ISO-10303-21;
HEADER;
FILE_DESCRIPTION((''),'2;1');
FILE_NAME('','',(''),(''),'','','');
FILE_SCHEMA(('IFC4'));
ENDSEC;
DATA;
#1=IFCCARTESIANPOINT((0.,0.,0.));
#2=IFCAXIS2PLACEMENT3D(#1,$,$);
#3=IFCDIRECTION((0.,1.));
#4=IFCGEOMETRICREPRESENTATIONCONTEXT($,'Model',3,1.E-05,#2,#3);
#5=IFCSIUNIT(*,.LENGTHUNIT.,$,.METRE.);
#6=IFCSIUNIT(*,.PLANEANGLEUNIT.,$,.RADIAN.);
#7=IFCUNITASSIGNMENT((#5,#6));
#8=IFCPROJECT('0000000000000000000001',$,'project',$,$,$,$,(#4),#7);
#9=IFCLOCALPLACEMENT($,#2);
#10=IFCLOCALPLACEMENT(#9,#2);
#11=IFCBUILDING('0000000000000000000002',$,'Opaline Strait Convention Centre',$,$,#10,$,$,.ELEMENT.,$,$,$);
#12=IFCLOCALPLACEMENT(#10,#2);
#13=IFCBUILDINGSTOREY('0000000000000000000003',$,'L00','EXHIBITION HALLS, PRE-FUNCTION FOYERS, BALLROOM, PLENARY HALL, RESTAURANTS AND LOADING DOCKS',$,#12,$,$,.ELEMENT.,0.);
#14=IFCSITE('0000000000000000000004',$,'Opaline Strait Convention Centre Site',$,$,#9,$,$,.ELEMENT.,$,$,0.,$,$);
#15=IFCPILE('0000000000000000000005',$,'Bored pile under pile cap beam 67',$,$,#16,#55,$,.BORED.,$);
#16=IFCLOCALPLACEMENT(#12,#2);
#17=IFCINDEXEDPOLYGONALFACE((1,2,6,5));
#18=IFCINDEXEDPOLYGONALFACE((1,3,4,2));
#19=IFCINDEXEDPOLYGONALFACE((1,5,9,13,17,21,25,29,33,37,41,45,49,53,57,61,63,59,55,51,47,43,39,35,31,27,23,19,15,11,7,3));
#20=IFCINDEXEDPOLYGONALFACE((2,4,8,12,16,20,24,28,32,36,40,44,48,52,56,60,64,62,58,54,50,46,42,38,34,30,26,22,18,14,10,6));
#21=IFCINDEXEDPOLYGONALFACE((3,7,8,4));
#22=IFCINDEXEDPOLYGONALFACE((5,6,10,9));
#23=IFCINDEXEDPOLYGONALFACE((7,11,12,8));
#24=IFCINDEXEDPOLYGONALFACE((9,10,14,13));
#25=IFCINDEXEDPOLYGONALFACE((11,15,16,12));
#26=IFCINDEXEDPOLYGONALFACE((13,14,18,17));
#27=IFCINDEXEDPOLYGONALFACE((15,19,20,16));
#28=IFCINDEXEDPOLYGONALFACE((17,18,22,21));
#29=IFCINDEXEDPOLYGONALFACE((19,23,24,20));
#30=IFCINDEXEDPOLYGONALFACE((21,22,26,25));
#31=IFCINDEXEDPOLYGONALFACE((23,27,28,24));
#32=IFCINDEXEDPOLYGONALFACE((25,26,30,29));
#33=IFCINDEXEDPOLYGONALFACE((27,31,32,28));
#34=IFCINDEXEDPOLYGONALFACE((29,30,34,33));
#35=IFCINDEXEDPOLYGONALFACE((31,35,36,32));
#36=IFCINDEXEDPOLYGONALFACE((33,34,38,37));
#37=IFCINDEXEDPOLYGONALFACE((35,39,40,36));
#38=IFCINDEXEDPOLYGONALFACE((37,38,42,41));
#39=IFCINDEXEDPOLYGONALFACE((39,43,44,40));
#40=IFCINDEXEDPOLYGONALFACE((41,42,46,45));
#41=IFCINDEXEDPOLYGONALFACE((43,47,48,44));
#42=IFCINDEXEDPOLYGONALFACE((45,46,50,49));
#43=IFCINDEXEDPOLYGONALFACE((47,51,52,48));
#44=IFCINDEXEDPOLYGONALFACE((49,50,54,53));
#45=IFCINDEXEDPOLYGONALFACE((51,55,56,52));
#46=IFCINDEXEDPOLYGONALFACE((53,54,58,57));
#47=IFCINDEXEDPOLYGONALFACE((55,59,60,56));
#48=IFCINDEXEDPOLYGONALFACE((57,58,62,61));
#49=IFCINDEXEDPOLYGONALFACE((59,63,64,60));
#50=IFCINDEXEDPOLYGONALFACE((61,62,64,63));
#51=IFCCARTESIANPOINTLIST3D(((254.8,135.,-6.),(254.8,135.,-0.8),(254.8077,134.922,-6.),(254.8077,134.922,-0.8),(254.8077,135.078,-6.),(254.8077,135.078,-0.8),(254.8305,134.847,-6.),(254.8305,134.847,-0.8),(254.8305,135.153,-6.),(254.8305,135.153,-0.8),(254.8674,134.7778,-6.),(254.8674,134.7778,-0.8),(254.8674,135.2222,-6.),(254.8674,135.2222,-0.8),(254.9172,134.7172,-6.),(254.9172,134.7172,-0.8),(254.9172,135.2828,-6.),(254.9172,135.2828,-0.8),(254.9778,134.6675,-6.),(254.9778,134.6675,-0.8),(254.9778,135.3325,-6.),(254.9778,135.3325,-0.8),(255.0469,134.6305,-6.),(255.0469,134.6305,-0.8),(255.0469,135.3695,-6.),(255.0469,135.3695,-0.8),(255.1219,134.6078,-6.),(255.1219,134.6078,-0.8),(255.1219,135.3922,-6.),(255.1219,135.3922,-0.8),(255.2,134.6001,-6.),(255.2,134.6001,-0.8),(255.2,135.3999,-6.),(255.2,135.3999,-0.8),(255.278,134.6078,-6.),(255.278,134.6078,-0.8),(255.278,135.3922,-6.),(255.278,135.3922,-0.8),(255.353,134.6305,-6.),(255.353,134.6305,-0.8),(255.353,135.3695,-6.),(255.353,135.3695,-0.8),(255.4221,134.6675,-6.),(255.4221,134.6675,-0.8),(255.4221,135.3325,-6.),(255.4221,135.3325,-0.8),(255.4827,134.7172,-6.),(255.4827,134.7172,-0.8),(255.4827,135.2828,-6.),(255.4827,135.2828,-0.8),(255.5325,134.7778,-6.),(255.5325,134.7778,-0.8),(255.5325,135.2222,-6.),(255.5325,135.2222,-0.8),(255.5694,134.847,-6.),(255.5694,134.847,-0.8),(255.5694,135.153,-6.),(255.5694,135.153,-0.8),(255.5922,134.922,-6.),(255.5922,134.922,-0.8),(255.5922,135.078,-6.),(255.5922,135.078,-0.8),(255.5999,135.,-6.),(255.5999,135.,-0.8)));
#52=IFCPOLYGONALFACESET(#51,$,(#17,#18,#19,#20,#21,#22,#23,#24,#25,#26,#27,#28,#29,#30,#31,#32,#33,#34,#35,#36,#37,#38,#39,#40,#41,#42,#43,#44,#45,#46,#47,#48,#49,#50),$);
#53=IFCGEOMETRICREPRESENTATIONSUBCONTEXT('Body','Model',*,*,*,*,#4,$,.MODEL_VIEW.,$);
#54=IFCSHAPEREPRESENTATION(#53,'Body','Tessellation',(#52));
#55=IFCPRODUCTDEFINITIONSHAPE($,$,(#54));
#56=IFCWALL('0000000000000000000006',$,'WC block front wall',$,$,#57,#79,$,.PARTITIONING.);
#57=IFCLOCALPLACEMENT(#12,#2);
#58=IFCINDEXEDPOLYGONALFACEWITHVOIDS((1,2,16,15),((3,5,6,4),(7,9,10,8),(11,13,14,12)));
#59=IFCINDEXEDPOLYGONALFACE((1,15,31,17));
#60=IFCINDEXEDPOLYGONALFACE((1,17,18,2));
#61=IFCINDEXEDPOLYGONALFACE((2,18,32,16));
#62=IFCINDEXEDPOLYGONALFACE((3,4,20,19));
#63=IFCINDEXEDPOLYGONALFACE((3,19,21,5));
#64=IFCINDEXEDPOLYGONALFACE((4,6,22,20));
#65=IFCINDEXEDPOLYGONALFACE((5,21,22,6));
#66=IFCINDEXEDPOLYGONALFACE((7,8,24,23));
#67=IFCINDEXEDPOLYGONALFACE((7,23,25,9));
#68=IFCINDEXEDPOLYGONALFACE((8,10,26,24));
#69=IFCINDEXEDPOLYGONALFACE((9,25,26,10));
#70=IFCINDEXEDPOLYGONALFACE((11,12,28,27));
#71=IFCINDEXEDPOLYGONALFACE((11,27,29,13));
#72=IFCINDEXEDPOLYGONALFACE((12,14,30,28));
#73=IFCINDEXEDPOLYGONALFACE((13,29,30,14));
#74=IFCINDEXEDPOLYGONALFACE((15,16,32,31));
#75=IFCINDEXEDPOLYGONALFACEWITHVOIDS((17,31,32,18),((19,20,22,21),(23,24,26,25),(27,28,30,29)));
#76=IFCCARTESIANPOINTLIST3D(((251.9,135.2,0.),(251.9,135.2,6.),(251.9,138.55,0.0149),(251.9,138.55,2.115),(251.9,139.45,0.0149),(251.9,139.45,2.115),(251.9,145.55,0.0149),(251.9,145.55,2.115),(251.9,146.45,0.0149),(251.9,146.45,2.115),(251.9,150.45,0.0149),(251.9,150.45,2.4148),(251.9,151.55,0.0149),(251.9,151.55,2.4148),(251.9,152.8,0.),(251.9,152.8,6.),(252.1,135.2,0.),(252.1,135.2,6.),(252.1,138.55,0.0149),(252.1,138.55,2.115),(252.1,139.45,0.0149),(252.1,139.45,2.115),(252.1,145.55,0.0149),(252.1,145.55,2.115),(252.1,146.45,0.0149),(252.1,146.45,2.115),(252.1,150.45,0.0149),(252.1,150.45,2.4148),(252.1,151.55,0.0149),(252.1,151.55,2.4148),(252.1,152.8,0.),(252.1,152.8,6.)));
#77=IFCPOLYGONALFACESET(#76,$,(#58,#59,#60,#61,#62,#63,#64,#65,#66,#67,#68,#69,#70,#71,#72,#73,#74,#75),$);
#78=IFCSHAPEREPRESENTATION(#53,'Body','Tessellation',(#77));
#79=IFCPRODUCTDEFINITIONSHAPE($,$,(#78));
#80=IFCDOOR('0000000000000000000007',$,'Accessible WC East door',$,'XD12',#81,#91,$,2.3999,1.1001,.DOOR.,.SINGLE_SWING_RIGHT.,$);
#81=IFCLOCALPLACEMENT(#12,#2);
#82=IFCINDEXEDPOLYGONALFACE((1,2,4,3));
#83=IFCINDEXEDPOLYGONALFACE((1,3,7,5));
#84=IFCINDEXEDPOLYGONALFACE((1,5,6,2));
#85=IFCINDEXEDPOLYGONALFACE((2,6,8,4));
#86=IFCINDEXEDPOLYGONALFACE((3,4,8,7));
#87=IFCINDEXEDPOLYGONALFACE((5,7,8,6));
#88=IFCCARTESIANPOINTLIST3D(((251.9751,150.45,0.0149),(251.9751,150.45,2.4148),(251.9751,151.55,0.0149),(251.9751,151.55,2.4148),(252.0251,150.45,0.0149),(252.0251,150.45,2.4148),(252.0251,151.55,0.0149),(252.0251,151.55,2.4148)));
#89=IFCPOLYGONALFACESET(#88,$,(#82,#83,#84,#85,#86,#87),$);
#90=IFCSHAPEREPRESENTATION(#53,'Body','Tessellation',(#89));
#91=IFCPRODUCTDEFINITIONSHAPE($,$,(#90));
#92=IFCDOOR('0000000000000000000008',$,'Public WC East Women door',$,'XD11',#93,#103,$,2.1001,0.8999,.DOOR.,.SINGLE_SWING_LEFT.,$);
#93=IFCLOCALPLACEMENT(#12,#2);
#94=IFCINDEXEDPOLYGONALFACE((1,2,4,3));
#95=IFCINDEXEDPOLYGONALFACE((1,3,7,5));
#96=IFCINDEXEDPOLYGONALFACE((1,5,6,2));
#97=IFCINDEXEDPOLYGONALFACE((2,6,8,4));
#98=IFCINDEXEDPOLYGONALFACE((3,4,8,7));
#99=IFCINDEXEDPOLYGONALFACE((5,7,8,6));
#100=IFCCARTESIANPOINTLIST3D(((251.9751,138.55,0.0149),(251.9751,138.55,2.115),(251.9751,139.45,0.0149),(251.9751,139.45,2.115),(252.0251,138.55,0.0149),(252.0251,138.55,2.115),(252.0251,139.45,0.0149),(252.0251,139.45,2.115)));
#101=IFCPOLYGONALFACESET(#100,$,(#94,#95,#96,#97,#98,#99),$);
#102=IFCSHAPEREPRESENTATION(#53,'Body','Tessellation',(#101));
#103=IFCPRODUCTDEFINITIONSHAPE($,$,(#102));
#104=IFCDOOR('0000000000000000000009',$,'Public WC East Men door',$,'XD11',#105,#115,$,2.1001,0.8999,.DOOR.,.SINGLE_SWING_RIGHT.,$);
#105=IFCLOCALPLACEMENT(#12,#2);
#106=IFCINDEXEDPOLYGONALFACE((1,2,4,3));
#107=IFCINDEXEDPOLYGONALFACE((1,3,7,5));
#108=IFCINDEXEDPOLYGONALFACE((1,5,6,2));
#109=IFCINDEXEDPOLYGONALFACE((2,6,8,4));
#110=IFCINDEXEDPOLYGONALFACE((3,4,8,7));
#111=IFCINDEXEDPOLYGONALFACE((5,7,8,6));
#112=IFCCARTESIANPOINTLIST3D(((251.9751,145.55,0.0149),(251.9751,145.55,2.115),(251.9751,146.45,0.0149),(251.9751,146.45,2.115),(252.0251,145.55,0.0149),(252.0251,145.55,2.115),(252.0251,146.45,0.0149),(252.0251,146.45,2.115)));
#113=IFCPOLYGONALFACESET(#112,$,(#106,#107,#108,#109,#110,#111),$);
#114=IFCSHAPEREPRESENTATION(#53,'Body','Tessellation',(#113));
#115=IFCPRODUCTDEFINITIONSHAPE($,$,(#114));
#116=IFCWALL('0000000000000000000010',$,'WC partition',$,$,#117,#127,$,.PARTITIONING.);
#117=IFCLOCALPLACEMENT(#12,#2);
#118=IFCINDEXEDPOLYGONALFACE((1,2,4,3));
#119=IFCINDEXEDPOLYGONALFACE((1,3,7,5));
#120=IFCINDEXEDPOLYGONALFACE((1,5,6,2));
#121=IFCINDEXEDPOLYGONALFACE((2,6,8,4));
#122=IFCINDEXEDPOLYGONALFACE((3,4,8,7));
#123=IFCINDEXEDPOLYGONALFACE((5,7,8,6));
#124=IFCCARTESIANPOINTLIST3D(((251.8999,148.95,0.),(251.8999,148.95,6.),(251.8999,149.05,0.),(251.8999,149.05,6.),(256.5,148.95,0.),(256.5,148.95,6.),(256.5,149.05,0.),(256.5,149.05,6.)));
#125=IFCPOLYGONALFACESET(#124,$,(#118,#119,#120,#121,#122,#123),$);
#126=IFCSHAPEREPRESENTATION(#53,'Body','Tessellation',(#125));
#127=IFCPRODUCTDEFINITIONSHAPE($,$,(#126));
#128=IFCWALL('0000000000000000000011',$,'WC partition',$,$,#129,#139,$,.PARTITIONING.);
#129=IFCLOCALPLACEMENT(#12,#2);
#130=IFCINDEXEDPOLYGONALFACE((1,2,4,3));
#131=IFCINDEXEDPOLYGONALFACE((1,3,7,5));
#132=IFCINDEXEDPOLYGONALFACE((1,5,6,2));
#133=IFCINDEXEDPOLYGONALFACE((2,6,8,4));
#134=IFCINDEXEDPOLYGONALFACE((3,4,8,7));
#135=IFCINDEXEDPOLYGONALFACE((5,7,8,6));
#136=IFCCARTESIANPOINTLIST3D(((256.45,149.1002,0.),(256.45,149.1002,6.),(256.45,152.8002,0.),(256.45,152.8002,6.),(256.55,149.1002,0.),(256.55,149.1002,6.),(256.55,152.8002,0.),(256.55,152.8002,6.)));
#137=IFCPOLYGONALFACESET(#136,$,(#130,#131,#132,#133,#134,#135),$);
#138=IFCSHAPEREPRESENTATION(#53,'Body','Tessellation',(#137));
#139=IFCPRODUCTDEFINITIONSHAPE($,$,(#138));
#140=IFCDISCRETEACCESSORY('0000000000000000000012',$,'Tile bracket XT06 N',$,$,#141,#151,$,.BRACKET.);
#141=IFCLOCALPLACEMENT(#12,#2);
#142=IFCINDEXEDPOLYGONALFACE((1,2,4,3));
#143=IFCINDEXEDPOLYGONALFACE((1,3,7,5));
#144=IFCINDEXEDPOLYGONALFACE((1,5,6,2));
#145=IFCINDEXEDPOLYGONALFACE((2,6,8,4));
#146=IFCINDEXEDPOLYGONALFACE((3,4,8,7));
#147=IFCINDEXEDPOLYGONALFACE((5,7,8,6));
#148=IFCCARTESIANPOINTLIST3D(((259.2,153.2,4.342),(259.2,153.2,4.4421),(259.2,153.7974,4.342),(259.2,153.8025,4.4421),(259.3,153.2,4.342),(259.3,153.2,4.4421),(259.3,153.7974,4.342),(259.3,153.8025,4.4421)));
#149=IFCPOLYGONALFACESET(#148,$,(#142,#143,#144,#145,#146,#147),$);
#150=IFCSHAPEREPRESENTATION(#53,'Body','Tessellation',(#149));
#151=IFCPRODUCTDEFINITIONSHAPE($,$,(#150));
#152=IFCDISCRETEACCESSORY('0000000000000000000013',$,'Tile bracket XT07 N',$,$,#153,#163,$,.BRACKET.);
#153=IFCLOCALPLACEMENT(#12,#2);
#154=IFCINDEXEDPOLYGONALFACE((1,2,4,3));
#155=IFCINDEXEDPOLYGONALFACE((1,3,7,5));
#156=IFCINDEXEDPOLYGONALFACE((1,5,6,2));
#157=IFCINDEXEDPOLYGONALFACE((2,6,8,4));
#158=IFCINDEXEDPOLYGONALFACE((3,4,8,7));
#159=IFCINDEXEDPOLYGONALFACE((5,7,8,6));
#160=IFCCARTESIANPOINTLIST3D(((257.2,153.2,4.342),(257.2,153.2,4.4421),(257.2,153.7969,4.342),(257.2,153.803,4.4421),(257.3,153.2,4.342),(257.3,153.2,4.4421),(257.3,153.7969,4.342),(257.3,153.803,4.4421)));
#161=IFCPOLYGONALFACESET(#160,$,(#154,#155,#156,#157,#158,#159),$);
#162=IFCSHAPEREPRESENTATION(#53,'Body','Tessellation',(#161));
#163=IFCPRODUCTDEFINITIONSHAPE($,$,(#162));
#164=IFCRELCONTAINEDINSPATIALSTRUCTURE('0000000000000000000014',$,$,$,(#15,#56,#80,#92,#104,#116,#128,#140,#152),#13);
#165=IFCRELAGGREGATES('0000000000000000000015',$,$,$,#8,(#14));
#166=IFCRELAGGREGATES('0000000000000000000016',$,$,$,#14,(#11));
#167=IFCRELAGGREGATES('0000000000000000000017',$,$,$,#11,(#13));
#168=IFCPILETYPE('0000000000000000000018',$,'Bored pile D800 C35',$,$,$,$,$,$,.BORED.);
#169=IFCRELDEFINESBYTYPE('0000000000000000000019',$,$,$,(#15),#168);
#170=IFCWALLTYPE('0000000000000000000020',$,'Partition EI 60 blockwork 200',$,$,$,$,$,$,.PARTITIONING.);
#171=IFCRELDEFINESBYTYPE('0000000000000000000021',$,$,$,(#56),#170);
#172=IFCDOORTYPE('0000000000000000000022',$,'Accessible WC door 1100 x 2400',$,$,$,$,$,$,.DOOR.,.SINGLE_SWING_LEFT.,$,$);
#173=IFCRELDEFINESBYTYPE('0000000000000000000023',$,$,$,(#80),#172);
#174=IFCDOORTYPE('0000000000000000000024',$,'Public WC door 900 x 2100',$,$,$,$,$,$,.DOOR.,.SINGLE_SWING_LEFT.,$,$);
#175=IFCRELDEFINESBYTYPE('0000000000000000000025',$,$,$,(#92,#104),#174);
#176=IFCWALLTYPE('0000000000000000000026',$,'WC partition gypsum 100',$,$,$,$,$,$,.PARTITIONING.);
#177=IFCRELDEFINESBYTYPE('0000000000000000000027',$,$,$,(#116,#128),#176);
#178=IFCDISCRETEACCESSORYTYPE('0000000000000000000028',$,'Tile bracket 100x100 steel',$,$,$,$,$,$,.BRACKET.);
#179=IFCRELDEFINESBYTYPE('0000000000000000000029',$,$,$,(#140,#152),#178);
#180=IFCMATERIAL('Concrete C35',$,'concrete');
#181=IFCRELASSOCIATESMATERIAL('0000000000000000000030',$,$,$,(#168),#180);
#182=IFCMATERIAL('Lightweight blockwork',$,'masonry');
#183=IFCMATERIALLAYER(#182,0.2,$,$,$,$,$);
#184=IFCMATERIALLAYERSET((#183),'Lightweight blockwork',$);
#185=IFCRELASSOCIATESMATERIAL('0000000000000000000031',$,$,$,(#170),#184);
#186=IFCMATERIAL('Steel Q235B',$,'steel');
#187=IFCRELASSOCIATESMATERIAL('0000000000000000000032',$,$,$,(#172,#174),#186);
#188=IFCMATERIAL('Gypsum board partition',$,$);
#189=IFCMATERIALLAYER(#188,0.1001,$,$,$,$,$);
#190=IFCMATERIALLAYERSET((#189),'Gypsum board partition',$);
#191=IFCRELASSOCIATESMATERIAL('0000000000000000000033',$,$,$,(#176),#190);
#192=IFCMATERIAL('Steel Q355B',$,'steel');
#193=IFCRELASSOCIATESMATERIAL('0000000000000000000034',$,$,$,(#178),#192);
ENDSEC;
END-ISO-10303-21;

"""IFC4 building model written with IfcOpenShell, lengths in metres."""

from ifc_helpers import new_model, si_unit, direction, frame, frame_2d, origin, origin_2d, place, context, subcontext, project, spatial, polyline, rectangle, circle, outline, extrude, material, layer, layer_set, material_profile, profile_set, type_object, element, fill, save


model = new_model("IFC4")

# Units and contexts
model_context = context("Model", 3, precision=1e-05, world=origin(), true_north=direction((0.0, 1.0)))
body_context = subcontext(model_context, "Body", "Model", "MODEL_VIEW")
ifc_project = project(units=[si_unit("LENGTHUNIT", "METRE"), si_unit("PLANEANGLEUNIT", "RADIAN")], contexts=[model_context])

# Site, building, storey
site_placement = place(None, origin())
site = spatial("IfcSite", under=ifc_project, at=site_placement, Name="Opaline Strait Convention Centre Site", CompositionType="ELEMENT", RefElevation=0.0)
building_placement = place(site_placement, origin())
building = spatial("IfcBuilding", under=site, at=building_placement, Name="Opaline Strait Convention Centre", CompositionType="ELEMENT")
storey_placement = place(building_placement, origin())
storey = spatial("IfcBuildingStorey", under=building, at=storey_placement, Name="L00", Description="EXHIBITION HALLS, PRE-FUNCTION FOYERS, BALLROOM, PLENARY HALL, RESTAURANTS AND LOADING DOCKS", CompositionType="ELEMENT", Elevation=0.0)

# Pile
ifc_material_1 = material(Name="Concrete C35", Category="concrete")
ifc_material_profile_1 = material_profile(ifc_material_1, circle(Radius=0.3999, at=origin_2d()), Name="D800")
ifc_profile_set_1 = profile_set([ifc_material_profile_1], Name="Concrete C35")
pile_type_1 = type_object("IfcPileType", Name="Bored pile D800 C35", PredefinedType="BORED", material=ifc_profile_set_1)
for number, where, z_axis, x_axis, name in (
    (1, (255.2, 135.0, -0.8), (0.0, 0.0, -1.0), (1.0, 0.0, 0.0), "Bored pile under pile cap beam 67"),
):
    element("IfcPile", number, at=place(storey_placement, frame(where, z_axis=z_axis, x_axis=x_axis)), inside=storey, type_object=pile_type_1, Name=name, PredefinedType="BORED", context=body_context, shape_type="SweptSolid", body=[
        extrude(circle(Radius=0.3999, at=origin_2d()), origin(), (0.0, 0.0, 1.0), 5.2),
    ])

# Wall, openings, doors
ifc_material_2 = material(Name="Lightweight blockwork", Category="masonry")
ifc_layer_1 = layer(ifc_material_2, 0.2)
ifc_layer_set_1 = layer_set([ifc_layer_1], Name="Lightweight blockwork")
wall_type_1 = type_object("IfcWallType", Name="Partition EI 60 blockwork 200", PredefinedType="PARTITIONING", material=ifc_layer_set_1)
wall_1_placement = place(storey_placement, frame((252.0, 135.2, 0.0), z_axis=(0.0, 0.0, 1.0), x_axis=(0.0, 1.0, 0.0)))
wall_1 = element("IfcWall", 2, at=wall_1_placement, inside=storey, type_object=wall_type_1, Name="WC block front wall", PredefinedType="PARTITIONING", context=body_context, shape_type="SweptSolid", body=[
    extrude(rectangle(XDim=17.6001, YDim=0.2, at=frame_2d((8.8, 0.0))), origin(), (0.0, 0.0, 1.0), 6.0),
])
opening_1_placement = place(wall_1_placement, frame((3.3501, 0.0, 0.0149)))
opening_1 = element("IfcOpeningElement", 3, at=opening_1_placement, cuts=wall_1, PredefinedType="OPENING", context=body_context, shape_type="SweptSolid", body=[
    extrude(rectangle(XDim=0.8999, YDim=2.1001, at=frame_2d((0.45, 1.05))), frame((0.0, 0.1099, 0.0), z_axis=(0.0, -1.0, 0.0), x_axis=(1.0, 0.0, 0.0)), (0.0, 0.0, 1.0), 0.22),
])
opening_2_placement = place(wall_1_placement, frame((10.3501, 0.0, 0.0149)))
opening_2 = element("IfcOpeningElement", 4, at=opening_2_placement, cuts=wall_1, PredefinedType="OPENING", context=body_context, shape_type="SweptSolid", body=[
    extrude(rectangle(XDim=0.8999, YDim=2.1001, at=frame_2d((0.45, 1.05))), frame((0.0, 0.1099, 0.0), z_axis=(0.0, -1.0, 0.0), x_axis=(1.0, 0.0, 0.0)), (0.0, 0.0, 1.0), 0.22),
])
opening_3_placement = place(wall_1_placement, frame((15.25, 0.0, 0.0149)))
opening_3 = element("IfcOpeningElement", 5, at=opening_3_placement, cuts=wall_1, PredefinedType="OPENING", context=body_context, shape_type="SweptSolid", body=[
    extrude(rectangle(XDim=1.1001, YDim=2.3999, at=frame_2d((0.55, 1.2))), frame((0.0, 0.1099, 0.0), z_axis=(0.0, -1.0, 0.0), x_axis=(1.0, 0.0, 0.0)), (0.0, 0.0, 1.0), 0.22),
])
ifc_material_3 = material(Name="Steel Q235B", Category="steel")
door_type_1 = type_object("IfcDoorType", Name="Accessible WC door 1100 x 2400", OperationType="SINGLE_SWING_LEFT", PredefinedType="DOOR", material=ifc_material_3)
door_1_placement = place(opening_3_placement, origin())
door_1 = element("IfcDoor", 6, at=door_1_placement, inside=storey, type_object=door_type_1, Name="Accessible WC East door", ObjectType="XD12", OperationType="SINGLE_SWING_RIGHT", OverallHeight=2.3999, OverallWidth=1.1001, PredefinedType="DOOR", context=body_context, shape_type="SweptSolid", body=[
    extrude(rectangle(XDim=1.1001, YDim=2.3999, at=frame_2d((0.55, 1.2))), frame((0.0, 0.0249, 0.0), z_axis=(0.0, -1.0, 0.0), x_axis=(1.0, 0.0, 0.0)), (0.0, 0.0, 1.0), 0.05),
])
fill(opening_3, door_1)
door_type_2 = type_object("IfcDoorType", Name="Public WC door 900 x 2100", OperationType="SINGLE_SWING_LEFT", PredefinedType="DOOR", material=ifc_material_3)
door_2_placement = place(opening_1_placement, origin())
door_2 = element("IfcDoor", 7, at=door_2_placement, inside=storey, type_object=door_type_2, Name="Public WC East Women door", ObjectType="XD11", OperationType="SINGLE_SWING_LEFT", OverallHeight=2.1001, OverallWidth=0.8999, PredefinedType="DOOR", context=body_context, shape_type="SweptSolid", body=[
    extrude(rectangle(XDim=0.8999, YDim=2.1001, at=frame_2d((0.45, 1.05))), frame((0.0, 0.0249, 0.0), z_axis=(0.0, -1.0, 0.0), x_axis=(1.0, 0.0, 0.0)), (0.0, 0.0, 1.0), 0.05),
])
fill(opening_1, door_2)
door_3_placement = place(opening_2_placement, origin())
door_3 = element("IfcDoor", 8, at=door_3_placement, inside=storey, type_object=door_type_2, Name="Public WC East Men door", ObjectType="XD11", OperationType="SINGLE_SWING_RIGHT", OverallHeight=2.1001, OverallWidth=0.8999, PredefinedType="DOOR", context=body_context, shape_type="SweptSolid", body=[
    extrude(rectangle(XDim=0.8999, YDim=2.1001, at=frame_2d((0.45, 1.05))), frame((0.0, 0.0249, 0.0), z_axis=(0.0, -1.0, 0.0), x_axis=(1.0, 0.0, 0.0)), (0.0, 0.0, 1.0), 0.05),
])
fill(opening_2, door_3)

# Walls
ifc_material_4 = material(Name="Gypsum board partition")
ifc_layer_2 = layer(ifc_material_4, 0.1001)
ifc_layer_set_2 = layer_set([ifc_layer_2], Name="Gypsum board partition")
wall_type_2 = type_object("IfcWallType", Name="WC partition gypsum 100", PredefinedType="PARTITIONING", material=ifc_layer_set_2)
wall_2_placement = place(storey_placement, frame((256.5, 149.0, 0.0), z_axis=(0.0, 0.0, 1.0), x_axis=(-1.0, 0.0, 0.0)))
element("IfcWall", 9, at=wall_2_placement, inside=storey, type_object=wall_type_2, Name="WC partition", PredefinedType="PARTITIONING", context=body_context, shape_type="SweptSolid", body=[
    extrude(rectangle(XDim=4.6001, YDim=0.1001, at=frame_2d((2.3, 0.0))), origin(), (0.0, 0.0, 1.0), 6.0),
])
wall_3_placement = place(storey_placement, frame((256.5, 149.1001, 0.0), z_axis=(0.0, 0.0, 1.0), x_axis=(0.0, 1.0, 0.0)))
element("IfcWall", 10, at=wall_3_placement, inside=storey, type_object=wall_type_2, Name="WC partition", PredefinedType="PARTITIONING", context=body_context, shape_type="SweptSolid", body=[
    extrude(rectangle(XDim=3.7, YDim=0.1001, at=frame_2d((1.8501, 0.0))), origin(), (0.0, 0.0, 1.0), 6.0),
])

# Discrete accessories
ifc_material_5 = material(Name="Steel Q355B", Category="steel")
discrete_accessory_type = type_object("IfcDiscreteAccessoryType", Name="Tile bracket 100x100 steel", PredefinedType="BRACKET", material=ifc_material_5)
discrete_accessory_1_placement = place(storey_placement, frame((259.3, 153.2, 4.3921), z_axis=(-1.0, 0.0, 0.0), x_axis=(0.0, -1.0, 0.0)))
element("IfcDiscreteAccessory", 11, at=discrete_accessory_1_placement, inside=storey, type_object=discrete_accessory_type, Name="Tile bracket XT06 N", PredefinedType="BRACKET", context=body_context, shape_type="SweptSolid", body=[
    extrude(outline(polyline([(0.0, -0.05), (0.0, 0.05), (-0.6025, 0.05), (-0.5974, -0.05), (0.0, -0.05)])), origin(), (0.0, 0.0, 1.0), 0.1001),
])
discrete_accessory_2_placement = place(storey_placement, frame((257.3, 153.2, 4.3921), z_axis=(-1.0, 0.0, 0.0), x_axis=(0.0, -1.0, 0.0)))
element("IfcDiscreteAccessory", 12, at=discrete_accessory_2_placement, inside=storey, type_object=discrete_accessory_type, Name="Tile bracket XT07 N", PredefinedType="BRACKET", context=body_context, shape_type="SweptSolid", body=[
    extrude(outline(polyline([(0.0, -0.05), (0.0, 0.05), (-0.603, 0.05), (-0.5969, -0.05), (0.0, -0.05)])), origin(), (0.0, 0.0, 1.0), 0.1001),
])

save(model, "model.ifc")
